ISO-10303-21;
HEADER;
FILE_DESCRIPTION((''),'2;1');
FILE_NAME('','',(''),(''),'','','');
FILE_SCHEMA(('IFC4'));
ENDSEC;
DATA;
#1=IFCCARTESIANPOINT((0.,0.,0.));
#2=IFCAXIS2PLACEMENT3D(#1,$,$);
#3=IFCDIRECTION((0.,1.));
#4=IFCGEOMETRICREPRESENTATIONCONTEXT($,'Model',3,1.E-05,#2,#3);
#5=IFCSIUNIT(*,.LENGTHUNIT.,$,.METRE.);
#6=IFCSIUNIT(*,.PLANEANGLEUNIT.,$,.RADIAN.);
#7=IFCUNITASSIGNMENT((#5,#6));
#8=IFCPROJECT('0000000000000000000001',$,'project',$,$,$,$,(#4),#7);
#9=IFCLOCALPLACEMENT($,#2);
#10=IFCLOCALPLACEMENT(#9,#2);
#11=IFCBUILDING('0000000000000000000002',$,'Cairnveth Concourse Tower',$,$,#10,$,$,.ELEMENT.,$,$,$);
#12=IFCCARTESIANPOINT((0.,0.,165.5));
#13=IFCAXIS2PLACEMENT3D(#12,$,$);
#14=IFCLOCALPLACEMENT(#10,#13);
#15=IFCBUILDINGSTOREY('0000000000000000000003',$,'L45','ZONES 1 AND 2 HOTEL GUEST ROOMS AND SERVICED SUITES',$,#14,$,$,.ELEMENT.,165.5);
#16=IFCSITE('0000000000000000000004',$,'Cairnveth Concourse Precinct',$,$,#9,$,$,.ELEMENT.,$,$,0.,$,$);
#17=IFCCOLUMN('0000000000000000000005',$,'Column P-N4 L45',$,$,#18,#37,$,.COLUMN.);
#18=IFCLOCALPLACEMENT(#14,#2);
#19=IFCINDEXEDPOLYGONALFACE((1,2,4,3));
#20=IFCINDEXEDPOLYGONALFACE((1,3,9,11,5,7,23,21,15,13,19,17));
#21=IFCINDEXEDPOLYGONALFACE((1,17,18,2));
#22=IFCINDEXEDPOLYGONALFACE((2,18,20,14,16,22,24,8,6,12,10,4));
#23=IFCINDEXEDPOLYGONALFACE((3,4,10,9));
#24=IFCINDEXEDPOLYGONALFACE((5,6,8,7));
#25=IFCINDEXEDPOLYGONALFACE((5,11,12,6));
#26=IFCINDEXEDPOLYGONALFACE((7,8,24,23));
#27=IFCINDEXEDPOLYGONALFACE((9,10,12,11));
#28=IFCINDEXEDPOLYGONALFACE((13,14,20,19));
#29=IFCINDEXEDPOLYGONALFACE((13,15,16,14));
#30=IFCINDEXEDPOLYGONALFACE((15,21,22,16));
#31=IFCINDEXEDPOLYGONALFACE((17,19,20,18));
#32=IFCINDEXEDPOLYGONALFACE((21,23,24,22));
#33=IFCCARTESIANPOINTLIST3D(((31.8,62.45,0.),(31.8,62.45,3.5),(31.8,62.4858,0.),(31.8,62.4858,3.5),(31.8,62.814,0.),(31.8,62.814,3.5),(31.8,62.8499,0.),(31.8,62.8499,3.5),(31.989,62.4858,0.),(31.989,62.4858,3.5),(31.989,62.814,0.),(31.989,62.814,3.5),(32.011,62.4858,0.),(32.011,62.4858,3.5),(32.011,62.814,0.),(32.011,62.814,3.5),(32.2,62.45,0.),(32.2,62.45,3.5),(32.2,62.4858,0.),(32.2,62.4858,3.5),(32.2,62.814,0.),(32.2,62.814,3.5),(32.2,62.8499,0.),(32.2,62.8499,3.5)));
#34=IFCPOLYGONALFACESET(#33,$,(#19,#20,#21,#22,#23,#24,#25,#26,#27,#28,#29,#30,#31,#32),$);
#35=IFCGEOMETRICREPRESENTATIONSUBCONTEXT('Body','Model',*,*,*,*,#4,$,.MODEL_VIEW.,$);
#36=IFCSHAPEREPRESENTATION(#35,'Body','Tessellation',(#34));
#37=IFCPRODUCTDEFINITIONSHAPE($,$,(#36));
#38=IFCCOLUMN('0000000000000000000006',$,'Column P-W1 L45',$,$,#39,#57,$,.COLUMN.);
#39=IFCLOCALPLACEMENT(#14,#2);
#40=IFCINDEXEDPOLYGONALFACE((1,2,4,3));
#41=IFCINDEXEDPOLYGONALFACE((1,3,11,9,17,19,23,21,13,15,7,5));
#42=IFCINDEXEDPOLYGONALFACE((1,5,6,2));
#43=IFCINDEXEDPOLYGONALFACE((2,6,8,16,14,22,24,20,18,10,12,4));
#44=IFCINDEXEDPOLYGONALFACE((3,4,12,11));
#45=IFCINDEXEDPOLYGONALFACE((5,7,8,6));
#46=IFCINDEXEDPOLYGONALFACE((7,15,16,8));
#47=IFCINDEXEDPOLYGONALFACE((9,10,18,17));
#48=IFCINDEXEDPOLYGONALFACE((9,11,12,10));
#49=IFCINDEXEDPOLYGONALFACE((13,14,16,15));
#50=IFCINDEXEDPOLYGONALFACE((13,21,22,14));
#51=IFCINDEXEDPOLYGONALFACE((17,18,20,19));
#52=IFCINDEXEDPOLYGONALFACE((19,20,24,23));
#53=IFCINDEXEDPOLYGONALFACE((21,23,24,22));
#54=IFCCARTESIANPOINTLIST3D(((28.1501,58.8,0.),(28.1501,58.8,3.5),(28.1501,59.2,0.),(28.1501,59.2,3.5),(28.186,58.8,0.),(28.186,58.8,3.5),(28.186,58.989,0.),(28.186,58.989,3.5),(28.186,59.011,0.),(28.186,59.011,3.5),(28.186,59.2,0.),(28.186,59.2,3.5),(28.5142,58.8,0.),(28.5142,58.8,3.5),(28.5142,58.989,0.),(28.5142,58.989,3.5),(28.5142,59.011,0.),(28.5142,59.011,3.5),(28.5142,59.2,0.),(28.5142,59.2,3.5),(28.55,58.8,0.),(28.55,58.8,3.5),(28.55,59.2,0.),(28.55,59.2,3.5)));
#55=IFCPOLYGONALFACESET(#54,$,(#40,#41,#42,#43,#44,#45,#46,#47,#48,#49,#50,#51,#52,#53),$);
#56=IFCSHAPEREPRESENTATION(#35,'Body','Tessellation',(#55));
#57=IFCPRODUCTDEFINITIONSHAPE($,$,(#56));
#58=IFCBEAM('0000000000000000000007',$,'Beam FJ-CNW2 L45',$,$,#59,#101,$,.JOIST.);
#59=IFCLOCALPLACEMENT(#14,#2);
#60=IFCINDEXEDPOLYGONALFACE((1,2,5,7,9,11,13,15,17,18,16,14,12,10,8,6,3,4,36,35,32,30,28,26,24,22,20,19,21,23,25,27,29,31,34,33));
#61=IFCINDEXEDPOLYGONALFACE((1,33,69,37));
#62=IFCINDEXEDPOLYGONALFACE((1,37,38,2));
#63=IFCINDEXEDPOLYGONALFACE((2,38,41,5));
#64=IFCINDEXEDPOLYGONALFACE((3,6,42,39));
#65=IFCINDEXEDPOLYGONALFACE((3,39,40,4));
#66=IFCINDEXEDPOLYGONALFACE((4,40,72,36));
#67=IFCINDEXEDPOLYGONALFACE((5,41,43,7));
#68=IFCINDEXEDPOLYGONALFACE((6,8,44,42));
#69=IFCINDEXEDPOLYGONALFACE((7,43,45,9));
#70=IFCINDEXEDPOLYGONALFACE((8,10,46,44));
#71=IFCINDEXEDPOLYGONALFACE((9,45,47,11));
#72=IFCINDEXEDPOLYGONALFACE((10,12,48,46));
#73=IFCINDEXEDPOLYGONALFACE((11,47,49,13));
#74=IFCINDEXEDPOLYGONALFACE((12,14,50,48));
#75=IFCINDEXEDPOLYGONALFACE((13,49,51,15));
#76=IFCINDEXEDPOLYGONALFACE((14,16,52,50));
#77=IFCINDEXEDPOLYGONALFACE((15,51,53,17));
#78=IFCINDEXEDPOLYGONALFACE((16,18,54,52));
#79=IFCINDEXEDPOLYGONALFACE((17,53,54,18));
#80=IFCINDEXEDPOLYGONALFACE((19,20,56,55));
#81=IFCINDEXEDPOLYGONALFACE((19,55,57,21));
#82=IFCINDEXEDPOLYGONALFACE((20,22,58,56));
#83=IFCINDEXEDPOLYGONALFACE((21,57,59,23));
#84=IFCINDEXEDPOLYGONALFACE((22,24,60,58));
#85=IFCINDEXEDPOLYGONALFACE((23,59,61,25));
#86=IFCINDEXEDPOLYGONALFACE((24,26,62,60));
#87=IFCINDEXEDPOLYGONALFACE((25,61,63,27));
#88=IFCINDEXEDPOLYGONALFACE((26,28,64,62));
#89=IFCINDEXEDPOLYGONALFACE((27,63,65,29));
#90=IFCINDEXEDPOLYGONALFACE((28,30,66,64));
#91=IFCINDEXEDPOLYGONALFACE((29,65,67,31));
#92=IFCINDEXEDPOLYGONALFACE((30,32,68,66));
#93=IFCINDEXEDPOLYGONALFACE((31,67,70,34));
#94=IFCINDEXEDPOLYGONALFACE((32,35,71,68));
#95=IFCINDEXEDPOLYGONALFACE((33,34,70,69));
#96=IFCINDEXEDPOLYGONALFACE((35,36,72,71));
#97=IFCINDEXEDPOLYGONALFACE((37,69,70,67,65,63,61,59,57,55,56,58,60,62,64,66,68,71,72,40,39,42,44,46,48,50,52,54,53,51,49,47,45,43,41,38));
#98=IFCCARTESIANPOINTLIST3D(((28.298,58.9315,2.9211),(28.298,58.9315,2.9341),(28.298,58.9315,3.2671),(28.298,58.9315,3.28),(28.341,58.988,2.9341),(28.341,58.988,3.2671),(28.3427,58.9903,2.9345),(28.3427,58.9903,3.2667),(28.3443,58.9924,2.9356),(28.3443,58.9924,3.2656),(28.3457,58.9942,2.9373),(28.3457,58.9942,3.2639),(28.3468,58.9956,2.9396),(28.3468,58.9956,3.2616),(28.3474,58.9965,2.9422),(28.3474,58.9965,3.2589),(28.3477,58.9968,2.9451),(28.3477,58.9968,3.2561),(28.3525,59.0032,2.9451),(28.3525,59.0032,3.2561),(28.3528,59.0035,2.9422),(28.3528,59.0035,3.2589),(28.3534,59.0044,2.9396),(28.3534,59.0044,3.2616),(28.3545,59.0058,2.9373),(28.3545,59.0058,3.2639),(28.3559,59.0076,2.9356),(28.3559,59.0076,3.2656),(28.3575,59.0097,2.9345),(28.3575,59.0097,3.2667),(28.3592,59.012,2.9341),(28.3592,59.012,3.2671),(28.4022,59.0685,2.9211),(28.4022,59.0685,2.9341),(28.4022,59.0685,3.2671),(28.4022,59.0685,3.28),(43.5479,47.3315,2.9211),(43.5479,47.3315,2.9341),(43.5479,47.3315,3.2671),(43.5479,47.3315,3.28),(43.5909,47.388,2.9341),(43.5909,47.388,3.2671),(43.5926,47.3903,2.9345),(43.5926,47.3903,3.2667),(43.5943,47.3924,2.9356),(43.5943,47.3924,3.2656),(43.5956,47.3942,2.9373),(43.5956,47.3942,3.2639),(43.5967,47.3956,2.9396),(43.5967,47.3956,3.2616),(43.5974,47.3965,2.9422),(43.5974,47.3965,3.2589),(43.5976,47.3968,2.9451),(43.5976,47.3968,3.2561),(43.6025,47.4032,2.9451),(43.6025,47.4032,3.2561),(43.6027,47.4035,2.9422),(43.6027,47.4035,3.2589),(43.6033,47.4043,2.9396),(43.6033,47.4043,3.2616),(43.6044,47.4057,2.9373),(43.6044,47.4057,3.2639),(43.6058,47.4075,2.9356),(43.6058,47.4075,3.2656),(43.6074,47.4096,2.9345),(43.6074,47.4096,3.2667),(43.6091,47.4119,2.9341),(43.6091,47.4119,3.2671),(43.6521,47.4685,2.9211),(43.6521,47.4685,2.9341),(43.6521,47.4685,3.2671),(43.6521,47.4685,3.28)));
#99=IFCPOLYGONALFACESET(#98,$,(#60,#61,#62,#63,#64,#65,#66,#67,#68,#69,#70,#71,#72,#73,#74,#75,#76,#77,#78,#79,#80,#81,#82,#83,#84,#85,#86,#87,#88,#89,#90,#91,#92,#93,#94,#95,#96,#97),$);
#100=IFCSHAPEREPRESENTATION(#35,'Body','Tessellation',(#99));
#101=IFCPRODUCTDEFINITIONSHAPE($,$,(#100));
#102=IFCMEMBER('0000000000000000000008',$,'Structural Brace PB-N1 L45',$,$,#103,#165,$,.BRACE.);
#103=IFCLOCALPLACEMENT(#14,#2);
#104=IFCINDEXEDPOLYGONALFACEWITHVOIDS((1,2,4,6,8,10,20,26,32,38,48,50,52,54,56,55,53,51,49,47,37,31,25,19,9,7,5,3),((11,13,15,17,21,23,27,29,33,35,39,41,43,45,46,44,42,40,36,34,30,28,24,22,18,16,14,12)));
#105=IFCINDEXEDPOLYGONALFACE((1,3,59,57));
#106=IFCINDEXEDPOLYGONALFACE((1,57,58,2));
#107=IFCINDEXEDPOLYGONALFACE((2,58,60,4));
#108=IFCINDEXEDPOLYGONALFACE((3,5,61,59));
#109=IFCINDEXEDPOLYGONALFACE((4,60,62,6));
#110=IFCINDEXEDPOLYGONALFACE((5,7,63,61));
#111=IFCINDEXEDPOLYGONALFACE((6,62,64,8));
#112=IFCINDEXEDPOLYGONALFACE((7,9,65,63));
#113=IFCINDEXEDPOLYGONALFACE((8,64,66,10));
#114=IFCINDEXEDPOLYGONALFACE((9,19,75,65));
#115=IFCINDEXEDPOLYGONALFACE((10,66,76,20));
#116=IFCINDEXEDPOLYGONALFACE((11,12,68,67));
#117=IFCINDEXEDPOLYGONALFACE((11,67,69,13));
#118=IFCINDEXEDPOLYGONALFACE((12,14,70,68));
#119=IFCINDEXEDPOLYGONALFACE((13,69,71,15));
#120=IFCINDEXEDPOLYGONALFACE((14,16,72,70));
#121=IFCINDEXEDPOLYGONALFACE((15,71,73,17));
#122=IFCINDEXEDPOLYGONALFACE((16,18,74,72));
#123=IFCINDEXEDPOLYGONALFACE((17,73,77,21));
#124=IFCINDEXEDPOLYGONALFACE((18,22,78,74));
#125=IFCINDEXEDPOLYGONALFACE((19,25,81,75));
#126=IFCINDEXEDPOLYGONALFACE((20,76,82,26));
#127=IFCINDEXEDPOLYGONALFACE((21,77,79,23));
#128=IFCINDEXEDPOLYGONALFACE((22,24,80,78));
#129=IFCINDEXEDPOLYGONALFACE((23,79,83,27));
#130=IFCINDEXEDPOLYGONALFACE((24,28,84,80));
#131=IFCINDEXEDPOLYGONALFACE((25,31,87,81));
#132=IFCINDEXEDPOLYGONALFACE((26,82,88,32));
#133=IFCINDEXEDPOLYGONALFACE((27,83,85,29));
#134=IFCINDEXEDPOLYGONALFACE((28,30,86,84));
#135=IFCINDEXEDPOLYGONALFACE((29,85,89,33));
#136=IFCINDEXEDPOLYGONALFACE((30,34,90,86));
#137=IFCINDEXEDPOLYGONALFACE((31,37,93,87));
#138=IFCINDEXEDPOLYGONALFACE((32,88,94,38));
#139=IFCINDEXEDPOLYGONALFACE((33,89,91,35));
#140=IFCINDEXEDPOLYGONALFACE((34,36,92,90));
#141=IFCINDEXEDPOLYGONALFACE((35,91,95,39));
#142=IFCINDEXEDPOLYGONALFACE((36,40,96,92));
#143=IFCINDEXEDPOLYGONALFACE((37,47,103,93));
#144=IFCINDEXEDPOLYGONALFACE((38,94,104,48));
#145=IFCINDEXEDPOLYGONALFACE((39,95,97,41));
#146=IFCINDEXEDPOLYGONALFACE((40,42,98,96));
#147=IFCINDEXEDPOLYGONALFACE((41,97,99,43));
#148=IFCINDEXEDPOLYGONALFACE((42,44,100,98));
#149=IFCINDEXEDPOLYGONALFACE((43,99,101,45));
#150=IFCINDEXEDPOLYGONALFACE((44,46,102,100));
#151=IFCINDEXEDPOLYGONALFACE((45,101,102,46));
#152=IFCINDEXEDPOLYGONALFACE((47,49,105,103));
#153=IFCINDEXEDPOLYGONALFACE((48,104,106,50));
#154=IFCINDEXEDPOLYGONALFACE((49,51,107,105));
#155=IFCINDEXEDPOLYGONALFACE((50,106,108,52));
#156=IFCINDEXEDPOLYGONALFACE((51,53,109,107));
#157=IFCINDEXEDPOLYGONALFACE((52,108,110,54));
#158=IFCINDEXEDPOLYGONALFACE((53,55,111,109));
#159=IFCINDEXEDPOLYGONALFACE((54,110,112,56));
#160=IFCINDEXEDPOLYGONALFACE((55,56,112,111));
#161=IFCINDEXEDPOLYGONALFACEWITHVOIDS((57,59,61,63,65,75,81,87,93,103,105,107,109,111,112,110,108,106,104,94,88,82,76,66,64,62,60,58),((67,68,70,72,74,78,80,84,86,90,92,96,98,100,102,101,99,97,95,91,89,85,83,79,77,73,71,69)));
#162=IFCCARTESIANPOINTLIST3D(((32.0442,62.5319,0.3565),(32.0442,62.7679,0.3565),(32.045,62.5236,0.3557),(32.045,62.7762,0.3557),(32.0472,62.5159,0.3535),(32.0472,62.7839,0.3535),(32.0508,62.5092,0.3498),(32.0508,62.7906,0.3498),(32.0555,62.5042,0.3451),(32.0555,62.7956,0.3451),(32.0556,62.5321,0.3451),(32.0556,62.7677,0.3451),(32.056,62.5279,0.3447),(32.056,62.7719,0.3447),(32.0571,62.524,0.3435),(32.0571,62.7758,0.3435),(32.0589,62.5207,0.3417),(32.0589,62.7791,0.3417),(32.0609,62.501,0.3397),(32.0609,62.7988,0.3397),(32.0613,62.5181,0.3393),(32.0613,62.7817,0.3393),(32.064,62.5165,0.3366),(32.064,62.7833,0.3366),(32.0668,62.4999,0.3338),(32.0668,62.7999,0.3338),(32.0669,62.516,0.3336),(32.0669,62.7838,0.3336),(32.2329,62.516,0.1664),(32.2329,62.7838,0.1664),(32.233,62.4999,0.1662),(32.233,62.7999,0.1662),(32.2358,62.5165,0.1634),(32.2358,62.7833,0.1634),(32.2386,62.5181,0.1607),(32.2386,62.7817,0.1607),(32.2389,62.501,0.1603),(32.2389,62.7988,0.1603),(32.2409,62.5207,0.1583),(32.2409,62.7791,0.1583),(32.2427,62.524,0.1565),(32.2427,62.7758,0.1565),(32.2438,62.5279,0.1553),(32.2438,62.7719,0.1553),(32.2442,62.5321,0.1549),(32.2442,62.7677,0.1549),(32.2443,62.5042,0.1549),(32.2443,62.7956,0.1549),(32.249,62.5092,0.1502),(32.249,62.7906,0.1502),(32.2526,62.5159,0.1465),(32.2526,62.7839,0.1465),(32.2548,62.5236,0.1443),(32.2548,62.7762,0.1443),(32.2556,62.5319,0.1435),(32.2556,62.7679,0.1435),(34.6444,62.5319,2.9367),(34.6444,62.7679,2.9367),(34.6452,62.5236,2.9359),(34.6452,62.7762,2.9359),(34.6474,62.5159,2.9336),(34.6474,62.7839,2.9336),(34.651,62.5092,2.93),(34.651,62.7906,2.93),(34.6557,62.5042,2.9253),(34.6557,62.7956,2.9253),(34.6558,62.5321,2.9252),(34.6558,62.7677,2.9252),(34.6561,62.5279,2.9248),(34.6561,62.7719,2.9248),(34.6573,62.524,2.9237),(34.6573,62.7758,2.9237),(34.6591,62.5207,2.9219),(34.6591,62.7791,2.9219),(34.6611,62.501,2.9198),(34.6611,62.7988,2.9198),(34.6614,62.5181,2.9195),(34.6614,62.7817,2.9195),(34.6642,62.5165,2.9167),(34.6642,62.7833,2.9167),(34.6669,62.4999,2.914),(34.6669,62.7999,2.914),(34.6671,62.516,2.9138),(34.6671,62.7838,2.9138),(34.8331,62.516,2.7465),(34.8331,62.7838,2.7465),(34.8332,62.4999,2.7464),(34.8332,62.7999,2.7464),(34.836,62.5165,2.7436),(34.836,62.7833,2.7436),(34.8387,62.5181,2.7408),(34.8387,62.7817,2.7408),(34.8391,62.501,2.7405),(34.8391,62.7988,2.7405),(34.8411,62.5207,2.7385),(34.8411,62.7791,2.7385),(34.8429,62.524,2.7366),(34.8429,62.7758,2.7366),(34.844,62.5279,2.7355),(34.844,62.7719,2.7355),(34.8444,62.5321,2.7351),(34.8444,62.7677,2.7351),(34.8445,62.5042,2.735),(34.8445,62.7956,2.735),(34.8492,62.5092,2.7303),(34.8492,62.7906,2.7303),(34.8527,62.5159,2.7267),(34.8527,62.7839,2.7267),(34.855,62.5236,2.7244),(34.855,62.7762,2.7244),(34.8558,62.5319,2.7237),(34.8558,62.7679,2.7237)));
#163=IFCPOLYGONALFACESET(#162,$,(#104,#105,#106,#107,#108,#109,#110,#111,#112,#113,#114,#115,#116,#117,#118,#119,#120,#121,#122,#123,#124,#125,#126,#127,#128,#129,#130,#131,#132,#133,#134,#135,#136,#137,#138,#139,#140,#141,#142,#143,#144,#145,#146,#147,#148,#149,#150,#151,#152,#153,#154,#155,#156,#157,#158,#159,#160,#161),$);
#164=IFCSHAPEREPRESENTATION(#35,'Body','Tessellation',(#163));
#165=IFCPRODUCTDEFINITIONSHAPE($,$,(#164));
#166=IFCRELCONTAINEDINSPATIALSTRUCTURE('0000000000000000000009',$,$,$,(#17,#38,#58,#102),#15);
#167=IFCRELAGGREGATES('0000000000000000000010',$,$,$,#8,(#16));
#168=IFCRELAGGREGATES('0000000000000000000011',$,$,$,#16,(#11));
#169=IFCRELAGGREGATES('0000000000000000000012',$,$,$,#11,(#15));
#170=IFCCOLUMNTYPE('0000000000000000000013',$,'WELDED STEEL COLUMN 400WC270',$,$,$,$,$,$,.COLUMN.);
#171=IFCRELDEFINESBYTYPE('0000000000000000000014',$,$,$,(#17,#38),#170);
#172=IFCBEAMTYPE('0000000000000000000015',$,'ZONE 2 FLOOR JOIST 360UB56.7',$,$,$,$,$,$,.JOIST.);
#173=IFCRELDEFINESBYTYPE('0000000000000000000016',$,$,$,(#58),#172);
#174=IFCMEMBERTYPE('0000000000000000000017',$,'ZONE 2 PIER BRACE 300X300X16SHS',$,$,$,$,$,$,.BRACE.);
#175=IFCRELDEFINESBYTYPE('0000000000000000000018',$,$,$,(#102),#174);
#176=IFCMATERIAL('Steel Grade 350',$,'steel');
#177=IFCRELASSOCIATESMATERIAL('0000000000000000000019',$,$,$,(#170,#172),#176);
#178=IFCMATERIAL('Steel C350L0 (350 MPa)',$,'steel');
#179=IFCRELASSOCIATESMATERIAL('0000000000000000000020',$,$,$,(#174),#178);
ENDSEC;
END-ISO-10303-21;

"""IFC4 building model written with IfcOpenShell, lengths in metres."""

from ifc_helpers import new_model, si_unit, direction, frame, origin, origin_2d, place, context, subcontext, project, spatial, hollow_rectangle, i_section, extrude, material, material_profile, profile_set, type_object, element, save


model = new_model("IFC4")

# Units and contexts
model_context = context("Model", 3, precision=1e-05, world=origin(), true_north=direction((0.0, 1.0)))
body_context = subcontext(model_context, "Body", "Model", "MODEL_VIEW")
ifc_project = project(units=[si_unit("LENGTHUNIT", "METRE"), si_unit("PLANEANGLEUNIT", "RADIAN")], contexts=[model_context])

# Site, building, storey
site_placement = place(None, origin())
site = spatial("IfcSite", under=ifc_project, at=site_placement, Name="Cairnveth Concourse Precinct", CompositionType="ELEMENT", RefElevation=0.0)
building_placement = place(site_placement, origin())
building = spatial("IfcBuilding", under=site, at=building_placement, Name="Cairnveth Concourse Tower", CompositionType="ELEMENT")
storey_placement = place(building_placement, frame((0.0, 0.0, 165.5)))
storey = spatial("IfcBuildingStorey", under=building, at=storey_placement, Name="L45", Description="ZONES 1 AND 2 HOTEL GUEST ROOMS AND SERVICED SUITES", CompositionType="ELEMENT", Elevation=165.5)

# Columns
ifc_material_1 = material(Name="Steel Grade 350", Category="steel")
ifc_material_profile_1 = material_profile(ifc_material_1, i_section(OverallWidth=0.3999, OverallDepth=0.3999, WebThickness=0.022, FlangeThickness=0.0359, at=origin_2d()), Name="400WC270")
ifc_profile_set_1 = profile_set([ifc_material_profile_1], Name="Steel Grade 350")
column_type = type_object("IfcColumnType", Name="WELDED STEEL COLUMN 400WC270", PredefinedType="COLUMN", material=ifc_profile_set_1)
for number, where, z_axis, x_axis, name in (
    (1, (32.0, 62.6499, 0.0), (0.0, 0.0, 1.0), (1.0, 0.0, 0.0), "Column P-N4 L45"),
    (2, (28.3501, 59.0, 0.0), (0.0, 0.0, 1.0), (0.0, 1.0, 0.0), "Column P-W1 L45"),
):
    element("IfcColumn", number, at=place(storey_placement, frame(where, z_axis=z_axis, x_axis=x_axis)), inside=storey, type_object=column_type, Name=name, PredefinedType="COLUMN", context=body_context, shape_type="SweptSolid", body=[
        extrude(i_section(OverallWidth=0.3999, OverallDepth=0.3999, WebThickness=0.022, FlangeThickness=0.0359, at=origin_2d()), origin(), (0.0, 0.0, 1.0), 3.5),
    ])

# Beam
ifc_material_profile_2 = material_profile(ifc_material_1, i_section(OverallWidth=0.1721, OverallDepth=0.3589, WebThickness=0.0081, FlangeThickness=0.0129, FilletRadius=0.011, at=origin_2d()), Name="360UB56.7")
ifc_profile_set_2 = profile_set([ifc_material_profile_2], Name="Steel Grade 350")
beam_type_1 = type_object("IfcBeamType", Name="ZONE 2 FLOOR JOIST 360UB56.7", PredefinedType="JOIST", material=ifc_profile_set_2)
beam_1_placement = place(storey_placement, frame((28.3501, 59.0, 3.1006), z_axis=(0.795908, -0.605417, 0.0), x_axis=(0.605417, 0.795908, 0.0)))
element("IfcBeam", 3, at=beam_1_placement, inside=storey, type_object=beam_type_1, Name="Beam FJ-CNW2 L45", PredefinedType="JOIST", context=body_context, shape_type="SweptSolid", body=[
    extrude(i_section(OverallWidth=0.1721, OverallDepth=0.3589, WebThickness=0.0081, FlangeThickness=0.0129, FilletRadius=0.011, at=origin_2d()), origin(), (0.0, 0.0, 1.0), 19.1604),
])

# Member
ifc_material_2 = material(Name="Steel C350L0 (350 MPa)", Category="steel")
ifc_material_profile_3 = material_profile(ifc_material_2, hollow_rectangle(XDim=0.3, YDim=0.3, WallThickness=0.0161, InnerFilletRadius=0.0161, OuterFilletRadius=0.032, at=origin_2d()), Name="300x300x16.0SHS")
ifc_profile_set_3 = profile_set([ifc_material_profile_3], Name="Steel C350L0 (350 MPa)")
member_type = type_object("IfcMemberType", Name="ZONE 2 PIER BRACE 300X300X16SHS", PredefinedType="BRACE", material=ifc_profile_set_3)
for number, where, z_axis, x_axis, name in (
    (4, (32.1499, 62.6499, 0.25), (0.709834, 0.0, 0.704369), (0.0, 1.0, 0.0), "Structural Brace PB-N1 L45"),
):
    element("IfcMember", number, at=place(storey_placement, frame(where, z_axis=z_axis, x_axis=x_axis)), inside=storey, type_object=member_type, Name=name, PredefinedType="BRACE", context=body_context, shape_type="SweptSolid", body=[
        extrude(hollow_rectangle(XDim=0.3, YDim=0.3, WallThickness=0.0161, InnerFilletRadius=0.0161, OuterFilletRadius=0.032, at=origin_2d()), origin(), (0.0, 0.0, 1.0), 3.6631),
    ])

save(model, "model.ifc")
